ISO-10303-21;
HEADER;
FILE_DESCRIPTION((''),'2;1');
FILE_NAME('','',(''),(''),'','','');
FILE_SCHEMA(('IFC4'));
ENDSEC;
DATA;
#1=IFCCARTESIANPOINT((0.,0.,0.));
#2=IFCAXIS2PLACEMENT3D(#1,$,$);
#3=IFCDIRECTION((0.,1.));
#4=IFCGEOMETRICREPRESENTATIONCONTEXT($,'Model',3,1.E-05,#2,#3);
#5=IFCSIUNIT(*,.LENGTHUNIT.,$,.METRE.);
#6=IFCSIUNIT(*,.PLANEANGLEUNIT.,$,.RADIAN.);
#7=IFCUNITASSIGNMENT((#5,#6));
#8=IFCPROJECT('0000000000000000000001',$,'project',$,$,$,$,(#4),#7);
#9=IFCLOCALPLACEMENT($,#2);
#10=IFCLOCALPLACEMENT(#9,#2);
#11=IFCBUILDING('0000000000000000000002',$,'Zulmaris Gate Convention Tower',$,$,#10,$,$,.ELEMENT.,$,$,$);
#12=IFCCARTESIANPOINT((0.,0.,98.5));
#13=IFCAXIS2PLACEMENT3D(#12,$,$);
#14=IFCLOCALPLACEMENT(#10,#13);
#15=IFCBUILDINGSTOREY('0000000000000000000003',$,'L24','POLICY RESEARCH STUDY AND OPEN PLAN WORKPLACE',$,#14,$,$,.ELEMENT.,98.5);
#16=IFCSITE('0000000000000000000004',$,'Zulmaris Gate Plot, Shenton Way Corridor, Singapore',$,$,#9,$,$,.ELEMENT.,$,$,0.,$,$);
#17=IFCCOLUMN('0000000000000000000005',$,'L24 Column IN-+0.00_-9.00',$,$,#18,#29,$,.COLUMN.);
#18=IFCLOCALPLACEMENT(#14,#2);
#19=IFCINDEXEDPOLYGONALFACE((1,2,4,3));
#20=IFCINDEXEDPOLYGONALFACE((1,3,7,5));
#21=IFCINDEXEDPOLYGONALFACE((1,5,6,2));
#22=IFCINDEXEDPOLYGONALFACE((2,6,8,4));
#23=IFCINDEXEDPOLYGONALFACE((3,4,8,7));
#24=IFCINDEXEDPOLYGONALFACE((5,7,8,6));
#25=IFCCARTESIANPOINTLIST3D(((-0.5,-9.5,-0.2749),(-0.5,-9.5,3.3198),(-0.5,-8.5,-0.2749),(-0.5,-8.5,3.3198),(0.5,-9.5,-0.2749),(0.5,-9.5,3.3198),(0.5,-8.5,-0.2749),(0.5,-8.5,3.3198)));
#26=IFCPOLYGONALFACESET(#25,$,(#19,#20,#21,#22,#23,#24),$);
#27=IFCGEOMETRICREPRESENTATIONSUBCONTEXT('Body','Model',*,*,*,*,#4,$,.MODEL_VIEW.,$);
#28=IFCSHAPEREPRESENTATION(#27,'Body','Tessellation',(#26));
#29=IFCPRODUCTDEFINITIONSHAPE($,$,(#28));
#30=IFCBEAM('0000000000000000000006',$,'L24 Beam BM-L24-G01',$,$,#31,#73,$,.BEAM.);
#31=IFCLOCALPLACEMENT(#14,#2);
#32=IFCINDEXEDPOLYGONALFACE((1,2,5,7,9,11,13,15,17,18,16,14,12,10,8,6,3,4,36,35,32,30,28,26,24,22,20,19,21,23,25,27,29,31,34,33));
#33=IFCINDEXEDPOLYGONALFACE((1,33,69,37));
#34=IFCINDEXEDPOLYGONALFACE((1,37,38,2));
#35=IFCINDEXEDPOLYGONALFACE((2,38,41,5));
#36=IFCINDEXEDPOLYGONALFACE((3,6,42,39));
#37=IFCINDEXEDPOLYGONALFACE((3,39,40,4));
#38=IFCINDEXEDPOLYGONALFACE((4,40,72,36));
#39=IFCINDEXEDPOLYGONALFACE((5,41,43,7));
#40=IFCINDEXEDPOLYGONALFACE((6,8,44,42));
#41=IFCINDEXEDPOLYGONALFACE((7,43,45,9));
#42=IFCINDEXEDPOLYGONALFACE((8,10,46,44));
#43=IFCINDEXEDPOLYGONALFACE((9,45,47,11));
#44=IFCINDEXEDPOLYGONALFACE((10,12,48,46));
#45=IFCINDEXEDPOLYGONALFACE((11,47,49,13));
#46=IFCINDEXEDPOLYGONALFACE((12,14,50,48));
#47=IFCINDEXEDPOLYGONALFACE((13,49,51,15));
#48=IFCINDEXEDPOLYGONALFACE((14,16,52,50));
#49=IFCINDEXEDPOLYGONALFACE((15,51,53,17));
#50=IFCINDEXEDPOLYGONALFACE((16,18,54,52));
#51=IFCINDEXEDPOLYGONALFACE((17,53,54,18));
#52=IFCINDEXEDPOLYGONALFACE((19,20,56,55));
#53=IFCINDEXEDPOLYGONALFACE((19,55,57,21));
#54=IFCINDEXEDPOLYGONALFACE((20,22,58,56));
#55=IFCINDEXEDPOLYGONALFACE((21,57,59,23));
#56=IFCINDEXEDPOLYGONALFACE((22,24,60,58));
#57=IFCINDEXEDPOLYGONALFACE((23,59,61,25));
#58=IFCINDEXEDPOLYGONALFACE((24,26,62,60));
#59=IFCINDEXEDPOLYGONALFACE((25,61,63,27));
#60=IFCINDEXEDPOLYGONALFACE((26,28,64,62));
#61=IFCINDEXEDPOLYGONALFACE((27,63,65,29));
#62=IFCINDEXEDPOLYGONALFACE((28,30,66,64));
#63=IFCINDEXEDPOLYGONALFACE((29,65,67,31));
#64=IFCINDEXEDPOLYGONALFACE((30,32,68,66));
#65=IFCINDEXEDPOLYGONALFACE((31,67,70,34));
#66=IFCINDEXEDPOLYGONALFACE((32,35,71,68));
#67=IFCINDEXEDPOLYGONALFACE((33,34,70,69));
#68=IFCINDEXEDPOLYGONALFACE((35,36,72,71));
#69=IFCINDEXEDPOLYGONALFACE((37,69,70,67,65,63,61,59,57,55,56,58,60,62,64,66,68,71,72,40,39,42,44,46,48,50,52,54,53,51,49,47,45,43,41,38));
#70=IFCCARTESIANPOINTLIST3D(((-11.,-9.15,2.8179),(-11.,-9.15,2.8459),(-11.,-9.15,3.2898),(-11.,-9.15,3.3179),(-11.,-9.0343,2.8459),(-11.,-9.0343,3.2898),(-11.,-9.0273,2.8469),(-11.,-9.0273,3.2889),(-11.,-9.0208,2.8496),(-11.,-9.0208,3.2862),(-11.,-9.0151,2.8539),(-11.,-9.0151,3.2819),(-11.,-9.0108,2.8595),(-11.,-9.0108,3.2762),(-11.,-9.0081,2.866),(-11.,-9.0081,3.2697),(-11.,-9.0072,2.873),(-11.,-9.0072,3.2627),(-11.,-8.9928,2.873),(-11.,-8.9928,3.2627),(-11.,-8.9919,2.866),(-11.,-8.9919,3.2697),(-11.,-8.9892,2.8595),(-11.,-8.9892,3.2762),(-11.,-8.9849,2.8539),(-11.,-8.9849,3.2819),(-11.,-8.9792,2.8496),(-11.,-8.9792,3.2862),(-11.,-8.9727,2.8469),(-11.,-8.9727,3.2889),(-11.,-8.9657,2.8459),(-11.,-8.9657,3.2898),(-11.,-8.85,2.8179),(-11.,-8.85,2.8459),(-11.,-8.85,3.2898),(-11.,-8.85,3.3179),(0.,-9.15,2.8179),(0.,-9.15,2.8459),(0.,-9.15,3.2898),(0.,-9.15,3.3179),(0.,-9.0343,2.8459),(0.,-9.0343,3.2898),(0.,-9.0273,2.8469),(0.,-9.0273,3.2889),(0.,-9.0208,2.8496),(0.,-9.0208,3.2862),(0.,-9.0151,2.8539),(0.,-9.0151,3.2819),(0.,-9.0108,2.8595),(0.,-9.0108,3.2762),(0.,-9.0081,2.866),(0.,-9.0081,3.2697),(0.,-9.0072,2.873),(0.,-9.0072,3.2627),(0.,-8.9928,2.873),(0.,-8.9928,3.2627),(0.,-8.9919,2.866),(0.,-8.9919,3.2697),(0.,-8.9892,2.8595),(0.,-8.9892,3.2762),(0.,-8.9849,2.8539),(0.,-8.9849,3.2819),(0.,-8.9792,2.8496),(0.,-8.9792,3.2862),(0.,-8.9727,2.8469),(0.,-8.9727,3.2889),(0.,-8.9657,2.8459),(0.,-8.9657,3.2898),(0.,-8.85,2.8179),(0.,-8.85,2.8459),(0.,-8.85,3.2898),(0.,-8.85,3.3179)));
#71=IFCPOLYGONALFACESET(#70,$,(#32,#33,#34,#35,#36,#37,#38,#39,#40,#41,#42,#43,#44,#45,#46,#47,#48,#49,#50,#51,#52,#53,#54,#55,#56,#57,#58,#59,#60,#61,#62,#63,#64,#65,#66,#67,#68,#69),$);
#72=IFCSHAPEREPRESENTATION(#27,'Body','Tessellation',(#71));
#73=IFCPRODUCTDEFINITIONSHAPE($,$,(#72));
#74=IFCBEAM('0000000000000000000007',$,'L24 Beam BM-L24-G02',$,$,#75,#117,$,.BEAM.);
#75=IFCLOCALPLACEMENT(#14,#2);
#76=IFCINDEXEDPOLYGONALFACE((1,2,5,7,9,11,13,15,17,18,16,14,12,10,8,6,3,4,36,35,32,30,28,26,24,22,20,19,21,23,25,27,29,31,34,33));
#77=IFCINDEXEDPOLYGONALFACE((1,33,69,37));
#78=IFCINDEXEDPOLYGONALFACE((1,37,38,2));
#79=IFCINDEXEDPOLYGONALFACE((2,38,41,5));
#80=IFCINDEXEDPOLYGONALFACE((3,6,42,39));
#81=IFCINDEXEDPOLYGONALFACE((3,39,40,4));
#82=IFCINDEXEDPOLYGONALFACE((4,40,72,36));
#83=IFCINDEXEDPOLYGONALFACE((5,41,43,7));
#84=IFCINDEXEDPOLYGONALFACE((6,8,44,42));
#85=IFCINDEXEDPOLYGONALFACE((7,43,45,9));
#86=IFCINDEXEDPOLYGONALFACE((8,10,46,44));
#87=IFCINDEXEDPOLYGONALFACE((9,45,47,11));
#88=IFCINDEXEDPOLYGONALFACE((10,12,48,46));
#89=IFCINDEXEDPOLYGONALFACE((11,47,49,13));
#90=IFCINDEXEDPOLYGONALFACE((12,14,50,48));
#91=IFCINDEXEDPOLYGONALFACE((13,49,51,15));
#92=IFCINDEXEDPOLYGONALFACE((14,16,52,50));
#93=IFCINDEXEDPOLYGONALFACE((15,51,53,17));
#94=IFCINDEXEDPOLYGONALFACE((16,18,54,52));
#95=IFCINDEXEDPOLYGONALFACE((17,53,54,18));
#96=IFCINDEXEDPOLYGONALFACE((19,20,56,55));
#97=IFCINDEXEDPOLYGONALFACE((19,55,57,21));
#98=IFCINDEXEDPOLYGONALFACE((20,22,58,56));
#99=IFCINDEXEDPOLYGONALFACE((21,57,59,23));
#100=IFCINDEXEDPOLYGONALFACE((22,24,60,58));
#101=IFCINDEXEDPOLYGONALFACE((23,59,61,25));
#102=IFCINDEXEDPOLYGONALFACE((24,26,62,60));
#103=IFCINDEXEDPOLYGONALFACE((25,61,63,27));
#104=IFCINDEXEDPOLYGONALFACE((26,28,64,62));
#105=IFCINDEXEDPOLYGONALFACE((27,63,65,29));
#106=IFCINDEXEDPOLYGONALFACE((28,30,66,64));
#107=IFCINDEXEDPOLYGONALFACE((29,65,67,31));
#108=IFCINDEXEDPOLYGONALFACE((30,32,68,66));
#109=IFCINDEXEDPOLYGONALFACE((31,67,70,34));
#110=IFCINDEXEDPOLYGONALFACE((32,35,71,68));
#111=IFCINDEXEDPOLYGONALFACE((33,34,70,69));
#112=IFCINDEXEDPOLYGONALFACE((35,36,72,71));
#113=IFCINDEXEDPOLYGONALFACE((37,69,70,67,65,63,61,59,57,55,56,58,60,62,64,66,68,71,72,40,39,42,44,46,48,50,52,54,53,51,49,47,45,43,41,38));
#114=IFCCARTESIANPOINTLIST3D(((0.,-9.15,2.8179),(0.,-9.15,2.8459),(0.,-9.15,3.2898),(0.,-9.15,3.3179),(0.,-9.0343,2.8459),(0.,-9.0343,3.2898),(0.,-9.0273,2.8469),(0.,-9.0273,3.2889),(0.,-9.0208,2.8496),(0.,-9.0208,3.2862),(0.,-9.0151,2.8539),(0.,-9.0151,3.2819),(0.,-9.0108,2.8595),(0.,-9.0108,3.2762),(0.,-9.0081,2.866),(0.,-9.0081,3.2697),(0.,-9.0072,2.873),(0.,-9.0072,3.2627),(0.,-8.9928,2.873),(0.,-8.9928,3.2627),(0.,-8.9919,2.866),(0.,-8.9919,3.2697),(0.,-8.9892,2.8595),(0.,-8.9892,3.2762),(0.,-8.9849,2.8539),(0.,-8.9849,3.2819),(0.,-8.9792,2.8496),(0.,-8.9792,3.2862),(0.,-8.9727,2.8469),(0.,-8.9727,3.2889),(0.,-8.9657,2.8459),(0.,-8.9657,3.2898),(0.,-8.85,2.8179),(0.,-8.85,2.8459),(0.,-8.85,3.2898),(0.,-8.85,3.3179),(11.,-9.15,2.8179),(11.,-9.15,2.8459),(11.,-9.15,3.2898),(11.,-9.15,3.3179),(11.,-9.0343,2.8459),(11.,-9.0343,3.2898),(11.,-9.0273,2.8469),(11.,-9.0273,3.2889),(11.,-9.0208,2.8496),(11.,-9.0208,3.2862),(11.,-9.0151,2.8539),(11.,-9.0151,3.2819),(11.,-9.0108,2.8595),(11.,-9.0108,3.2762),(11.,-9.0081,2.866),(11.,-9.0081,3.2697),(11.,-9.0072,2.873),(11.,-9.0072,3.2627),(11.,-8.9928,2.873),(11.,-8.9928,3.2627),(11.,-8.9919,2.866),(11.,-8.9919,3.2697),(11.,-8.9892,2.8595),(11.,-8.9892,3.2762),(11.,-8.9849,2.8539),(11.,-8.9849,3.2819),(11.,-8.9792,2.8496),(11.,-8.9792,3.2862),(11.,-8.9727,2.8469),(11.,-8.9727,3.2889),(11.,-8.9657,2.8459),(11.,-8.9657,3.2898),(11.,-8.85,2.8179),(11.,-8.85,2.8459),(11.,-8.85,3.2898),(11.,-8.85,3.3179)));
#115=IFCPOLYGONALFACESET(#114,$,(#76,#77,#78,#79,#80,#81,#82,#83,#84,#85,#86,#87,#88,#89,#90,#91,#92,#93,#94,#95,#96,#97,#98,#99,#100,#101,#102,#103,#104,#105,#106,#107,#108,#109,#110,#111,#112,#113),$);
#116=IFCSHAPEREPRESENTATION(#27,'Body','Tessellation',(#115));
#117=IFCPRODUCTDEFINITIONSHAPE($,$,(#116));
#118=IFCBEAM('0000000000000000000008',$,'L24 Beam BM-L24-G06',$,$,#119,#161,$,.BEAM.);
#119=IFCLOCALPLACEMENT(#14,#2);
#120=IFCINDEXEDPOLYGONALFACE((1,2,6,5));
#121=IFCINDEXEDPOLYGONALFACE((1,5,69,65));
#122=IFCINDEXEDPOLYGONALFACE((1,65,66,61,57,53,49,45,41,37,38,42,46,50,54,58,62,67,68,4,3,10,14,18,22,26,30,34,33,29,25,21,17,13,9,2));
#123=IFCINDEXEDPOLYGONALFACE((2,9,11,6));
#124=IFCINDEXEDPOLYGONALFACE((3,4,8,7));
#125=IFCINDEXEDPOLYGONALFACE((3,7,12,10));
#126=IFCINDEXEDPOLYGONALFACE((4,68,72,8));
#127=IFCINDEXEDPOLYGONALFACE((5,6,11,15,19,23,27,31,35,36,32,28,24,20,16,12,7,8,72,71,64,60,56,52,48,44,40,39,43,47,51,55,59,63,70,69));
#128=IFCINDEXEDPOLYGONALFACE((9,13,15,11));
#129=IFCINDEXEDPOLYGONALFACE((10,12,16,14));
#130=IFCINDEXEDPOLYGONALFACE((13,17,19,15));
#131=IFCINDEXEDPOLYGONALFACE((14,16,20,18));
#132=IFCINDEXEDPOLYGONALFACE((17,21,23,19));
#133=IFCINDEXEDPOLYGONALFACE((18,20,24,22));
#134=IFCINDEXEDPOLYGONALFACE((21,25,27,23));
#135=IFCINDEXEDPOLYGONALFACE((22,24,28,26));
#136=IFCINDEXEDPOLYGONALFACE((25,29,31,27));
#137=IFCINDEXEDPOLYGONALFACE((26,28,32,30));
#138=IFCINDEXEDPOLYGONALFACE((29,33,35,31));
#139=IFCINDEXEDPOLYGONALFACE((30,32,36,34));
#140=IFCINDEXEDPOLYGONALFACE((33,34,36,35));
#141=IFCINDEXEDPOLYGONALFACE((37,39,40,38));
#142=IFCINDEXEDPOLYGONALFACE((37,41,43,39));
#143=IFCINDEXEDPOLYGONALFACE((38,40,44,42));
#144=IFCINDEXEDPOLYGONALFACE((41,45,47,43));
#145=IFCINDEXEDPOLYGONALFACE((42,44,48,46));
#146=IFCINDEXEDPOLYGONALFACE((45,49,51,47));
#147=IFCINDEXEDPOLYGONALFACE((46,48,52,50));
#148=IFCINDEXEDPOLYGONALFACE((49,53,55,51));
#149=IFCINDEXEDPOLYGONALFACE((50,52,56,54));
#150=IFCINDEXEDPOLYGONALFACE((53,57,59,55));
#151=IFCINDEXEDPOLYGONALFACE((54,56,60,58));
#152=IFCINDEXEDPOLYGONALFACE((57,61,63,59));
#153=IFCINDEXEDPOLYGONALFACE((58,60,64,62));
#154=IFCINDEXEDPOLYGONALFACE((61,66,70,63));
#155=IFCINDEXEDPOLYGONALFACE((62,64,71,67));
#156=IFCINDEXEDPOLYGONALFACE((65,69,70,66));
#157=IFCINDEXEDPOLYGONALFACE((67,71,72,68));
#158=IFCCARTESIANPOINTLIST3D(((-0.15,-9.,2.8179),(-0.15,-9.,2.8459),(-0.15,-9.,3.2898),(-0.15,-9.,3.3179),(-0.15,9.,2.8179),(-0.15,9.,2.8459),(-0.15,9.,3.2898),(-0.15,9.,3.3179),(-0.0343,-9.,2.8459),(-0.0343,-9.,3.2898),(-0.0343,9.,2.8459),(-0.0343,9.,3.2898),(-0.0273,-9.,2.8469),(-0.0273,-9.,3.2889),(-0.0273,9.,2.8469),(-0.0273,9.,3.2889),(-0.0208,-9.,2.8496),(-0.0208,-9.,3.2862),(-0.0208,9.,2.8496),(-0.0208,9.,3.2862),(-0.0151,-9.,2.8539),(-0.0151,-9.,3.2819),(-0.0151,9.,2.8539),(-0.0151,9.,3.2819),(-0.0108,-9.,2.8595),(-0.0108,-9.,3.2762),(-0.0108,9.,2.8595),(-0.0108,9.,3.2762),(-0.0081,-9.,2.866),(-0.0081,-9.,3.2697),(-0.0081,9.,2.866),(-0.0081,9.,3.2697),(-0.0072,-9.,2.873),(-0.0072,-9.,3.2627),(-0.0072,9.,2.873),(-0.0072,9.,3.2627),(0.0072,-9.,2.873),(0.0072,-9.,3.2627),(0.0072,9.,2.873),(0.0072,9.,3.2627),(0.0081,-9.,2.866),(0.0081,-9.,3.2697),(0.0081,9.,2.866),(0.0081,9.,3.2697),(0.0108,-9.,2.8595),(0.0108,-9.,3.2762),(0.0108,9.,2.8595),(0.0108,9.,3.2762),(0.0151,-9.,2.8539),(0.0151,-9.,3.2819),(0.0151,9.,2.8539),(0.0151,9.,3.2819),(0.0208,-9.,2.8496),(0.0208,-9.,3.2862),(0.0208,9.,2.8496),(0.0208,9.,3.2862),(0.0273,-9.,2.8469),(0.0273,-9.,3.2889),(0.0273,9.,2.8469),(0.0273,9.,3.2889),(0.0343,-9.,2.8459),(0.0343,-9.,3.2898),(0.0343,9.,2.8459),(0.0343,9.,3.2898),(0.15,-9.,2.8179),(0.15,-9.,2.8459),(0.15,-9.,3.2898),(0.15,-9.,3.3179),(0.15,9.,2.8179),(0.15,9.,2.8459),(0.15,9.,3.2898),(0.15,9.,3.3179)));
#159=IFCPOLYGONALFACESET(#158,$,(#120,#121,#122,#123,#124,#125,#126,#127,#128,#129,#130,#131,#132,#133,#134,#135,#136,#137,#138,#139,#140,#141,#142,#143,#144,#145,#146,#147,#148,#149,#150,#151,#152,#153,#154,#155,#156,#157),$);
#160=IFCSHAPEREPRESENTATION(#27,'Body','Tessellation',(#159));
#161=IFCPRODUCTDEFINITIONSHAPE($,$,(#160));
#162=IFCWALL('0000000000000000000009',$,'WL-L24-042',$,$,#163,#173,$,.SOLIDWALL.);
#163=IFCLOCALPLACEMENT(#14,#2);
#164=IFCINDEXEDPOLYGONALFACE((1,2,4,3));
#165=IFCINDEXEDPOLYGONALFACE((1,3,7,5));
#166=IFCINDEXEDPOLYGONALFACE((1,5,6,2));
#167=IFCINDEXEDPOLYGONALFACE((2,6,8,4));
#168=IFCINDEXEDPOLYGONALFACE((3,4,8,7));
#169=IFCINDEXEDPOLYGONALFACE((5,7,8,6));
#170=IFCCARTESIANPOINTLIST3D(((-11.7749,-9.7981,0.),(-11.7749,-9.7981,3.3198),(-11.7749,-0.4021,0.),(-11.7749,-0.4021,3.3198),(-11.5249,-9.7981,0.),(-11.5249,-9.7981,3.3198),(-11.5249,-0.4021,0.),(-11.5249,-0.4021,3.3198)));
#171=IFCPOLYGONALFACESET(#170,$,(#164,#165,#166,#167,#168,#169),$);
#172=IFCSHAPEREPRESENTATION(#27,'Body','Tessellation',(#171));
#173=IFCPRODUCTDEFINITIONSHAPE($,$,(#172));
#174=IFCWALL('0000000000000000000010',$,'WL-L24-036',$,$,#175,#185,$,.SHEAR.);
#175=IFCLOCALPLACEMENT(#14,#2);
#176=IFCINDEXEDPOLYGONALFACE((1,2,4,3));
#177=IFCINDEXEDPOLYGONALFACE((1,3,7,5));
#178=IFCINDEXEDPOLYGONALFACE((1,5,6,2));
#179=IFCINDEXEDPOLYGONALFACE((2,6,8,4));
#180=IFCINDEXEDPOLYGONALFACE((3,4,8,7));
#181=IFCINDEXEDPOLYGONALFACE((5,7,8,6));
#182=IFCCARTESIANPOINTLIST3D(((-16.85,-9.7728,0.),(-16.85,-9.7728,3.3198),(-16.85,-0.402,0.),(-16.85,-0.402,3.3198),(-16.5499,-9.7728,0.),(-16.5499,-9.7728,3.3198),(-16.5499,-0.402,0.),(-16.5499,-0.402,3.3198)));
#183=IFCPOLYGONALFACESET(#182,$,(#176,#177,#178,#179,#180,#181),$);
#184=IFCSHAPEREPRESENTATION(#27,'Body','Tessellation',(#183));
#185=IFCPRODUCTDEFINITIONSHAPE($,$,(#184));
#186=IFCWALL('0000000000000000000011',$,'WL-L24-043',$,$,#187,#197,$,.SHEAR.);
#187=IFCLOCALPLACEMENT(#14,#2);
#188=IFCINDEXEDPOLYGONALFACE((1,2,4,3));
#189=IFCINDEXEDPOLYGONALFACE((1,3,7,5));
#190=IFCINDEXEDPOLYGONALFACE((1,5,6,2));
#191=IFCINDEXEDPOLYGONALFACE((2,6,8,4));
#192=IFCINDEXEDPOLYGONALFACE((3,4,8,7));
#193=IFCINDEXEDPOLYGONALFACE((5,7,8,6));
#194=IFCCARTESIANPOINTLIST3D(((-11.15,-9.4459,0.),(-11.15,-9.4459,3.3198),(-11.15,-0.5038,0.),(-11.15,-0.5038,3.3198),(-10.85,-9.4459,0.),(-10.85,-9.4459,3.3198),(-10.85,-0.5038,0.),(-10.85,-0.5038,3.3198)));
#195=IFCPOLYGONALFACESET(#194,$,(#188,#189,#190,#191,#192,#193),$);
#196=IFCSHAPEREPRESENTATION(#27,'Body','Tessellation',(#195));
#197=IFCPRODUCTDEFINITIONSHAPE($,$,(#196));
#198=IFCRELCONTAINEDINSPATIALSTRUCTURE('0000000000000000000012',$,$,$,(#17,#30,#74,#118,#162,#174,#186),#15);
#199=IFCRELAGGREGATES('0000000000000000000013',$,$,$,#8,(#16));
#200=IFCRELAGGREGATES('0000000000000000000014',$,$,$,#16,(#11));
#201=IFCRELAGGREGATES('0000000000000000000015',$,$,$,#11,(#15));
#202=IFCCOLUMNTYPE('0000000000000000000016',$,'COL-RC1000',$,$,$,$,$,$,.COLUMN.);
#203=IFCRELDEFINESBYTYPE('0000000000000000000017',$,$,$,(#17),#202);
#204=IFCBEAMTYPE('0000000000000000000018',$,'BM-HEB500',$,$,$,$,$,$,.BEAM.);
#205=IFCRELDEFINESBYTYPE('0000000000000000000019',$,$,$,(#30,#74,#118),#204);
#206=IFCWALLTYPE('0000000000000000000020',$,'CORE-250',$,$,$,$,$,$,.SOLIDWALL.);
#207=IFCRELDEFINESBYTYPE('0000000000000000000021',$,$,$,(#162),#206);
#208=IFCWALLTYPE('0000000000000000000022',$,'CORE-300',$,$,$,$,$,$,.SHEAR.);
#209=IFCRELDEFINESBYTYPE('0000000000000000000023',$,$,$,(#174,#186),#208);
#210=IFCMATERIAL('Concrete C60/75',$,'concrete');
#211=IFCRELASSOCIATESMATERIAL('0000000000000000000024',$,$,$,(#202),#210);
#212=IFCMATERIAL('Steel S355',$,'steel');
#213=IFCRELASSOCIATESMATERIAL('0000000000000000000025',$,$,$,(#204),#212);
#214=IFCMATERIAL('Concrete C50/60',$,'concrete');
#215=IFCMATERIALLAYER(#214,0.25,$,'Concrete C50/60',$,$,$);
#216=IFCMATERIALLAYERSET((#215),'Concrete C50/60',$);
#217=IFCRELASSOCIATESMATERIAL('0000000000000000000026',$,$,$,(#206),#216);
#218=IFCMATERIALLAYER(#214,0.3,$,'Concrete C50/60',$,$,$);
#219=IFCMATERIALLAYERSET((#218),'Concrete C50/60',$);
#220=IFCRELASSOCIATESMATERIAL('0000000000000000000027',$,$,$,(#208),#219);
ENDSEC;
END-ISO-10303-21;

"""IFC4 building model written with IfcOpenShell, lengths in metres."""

from ifc_helpers import new_model, si_unit, direction, frame, frame_2d, origin, origin_2d, place, context, subcontext, project, spatial, rectangle, i_section, extrude, material, layer, layer_set, material_profile, profile_set, type_object, element, save


model = new_model("IFC4")

# Units and contexts
model_context = context("Model", 3, precision=1e-05, world=origin(), true_north=direction((0.0, 1.0)))
body_context = subcontext(model_context, "Body", "Model", "MODEL_VIEW")
ifc_project = project(units=[si_unit("LENGTHUNIT", "METRE"), si_unit("PLANEANGLEUNIT", "RADIAN")], contexts=[model_context])

# Site, building, storey
site_placement = place(None, origin())
site = spatial("IfcSite", under=ifc_project, at=site_placement, Name="Zulmaris Gate Plot, Shenton Way Corridor, Singapore", CompositionType="ELEMENT", RefElevation=0.0)
building_placement = place(site_placement, origin())
building = spatial("IfcBuilding", under=site, at=building_placement, Name="Zulmaris Gate Convention Tower", CompositionType="ELEMENT")
storey_placement = place(building_placement, frame((0.0, 0.0, 98.5)))
storey = spatial("IfcBuildingStorey", under=building, at=storey_placement, Name="L24", Description="POLICY RESEARCH STUDY AND OPEN PLAN WORKPLACE", CompositionType="ELEMENT", Elevation=98.5)

# Column
ifc_material_1 = material(Name="Concrete C60/75", Category="concrete")
ifc_material_profile_1 = material_profile(ifc_material_1, rectangle(XDim=1.0, YDim=1.0, at=origin_2d()), Name="RC COL 1000x1000")
ifc_profile_set_1 = profile_set([ifc_material_profile_1], Name="Concrete C60/75")
column_type = type_object("IfcColumnType", Name="COL-RC1000", PredefinedType="COLUMN", material=ifc_profile_set_1)
column_placement = place(storey_placement, frame((0.0, -9.0, -0.2749), z_axis=(0.0, 0.0, 1.0), x_axis=(1.0, 0.0, 0.0)))
element("IfcColumn", 1, at=column_placement, inside=storey, type_object=column_type, Name="L24 Column IN-+0.00_-9.00", PredefinedType="COLUMN", context=body_context, shape_type="SweptSolid", body=[
    extrude(rectangle(XDim=1.0, YDim=1.0, at=origin_2d()), origin(), (0.0, 0.0, 1.0), 3.5947),
])

# Beams
ifc_material_2 = material(Name="Steel S355", Category="steel")
ifc_material_profile_2 = material_profile(ifc_material_2, i_section(OverallWidth=0.3, OverallDepth=0.5, WebThickness=0.0144, FlangeThickness=0.0281, FilletRadius=0.0271, at=origin_2d()), Name="HEB 500")
ifc_profile_set_2 = profile_set([ifc_material_profile_2], Name="Steel S355")
beam_type = type_object("IfcBeamType", Name="BM-HEB500", PredefinedType="BEAM", material=ifc_profile_set_2)
for number, where, z_axis, x_axis, name in (
    (2, (-11.0, -9.0, 3.0679), (1.0, 0.0, 0.0), (0.0, 1.0, 0.0), "L24 Beam BM-L24-G01"),
    (3, (0.0, -9.0, 3.0679), (1.0, 0.0, 0.0), (0.0, 1.0, 0.0), "L24 Beam BM-L24-G02"),
):
    element("IfcBeam", number, at=place(storey_placement, frame(where, z_axis=z_axis, x_axis=x_axis)), inside=storey, type_object=beam_type, Name=name, PredefinedType="BEAM", context=body_context, shape_type="SweptSolid", body=[
        extrude(i_section(OverallWidth=0.3, OverallDepth=0.5, WebThickness=0.0144, FlangeThickness=0.0281, FilletRadius=0.0271, at=origin_2d()), origin(), (0.0, 0.0, 1.0), 11.0),
    ])
beam_placement = place(storey_placement, frame((0.0, -9.0, 3.0679), z_axis=(0.0, 1.0, 0.0), x_axis=(-1.0, 0.0, 0.0)))
element("IfcBeam", 4, at=beam_placement, inside=storey, type_object=beam_type, Name="L24 Beam BM-L24-G06", PredefinedType="BEAM", context=body_context, shape_type="SweptSolid", body=[
    extrude(i_section(OverallWidth=0.3, OverallDepth=0.5, WebThickness=0.0144, FlangeThickness=0.0281, FilletRadius=0.0271, at=origin_2d()), origin(), (0.0, 0.0, 1.0), 18.0),
])

# Walls
ifc_material_3 = material(Name="Concrete C50/60", Category="concrete")
ifc_layer_1 = layer(ifc_material_3, 0.25, Name="Concrete C50/60")
ifc_layer_set_1 = layer_set([ifc_layer_1], Name="Concrete C50/60")
wall_type_1 = type_object("IfcWallType", Name="CORE-250", PredefinedType="SOLIDWALL", material=ifc_layer_set_1)
wall_1_placement = place(storey_placement, frame((-11.6499, -9.7981, 0.0), z_axis=(0.0, 0.0, 1.0), x_axis=(0.0, 1.0, 0.0)))
element("IfcWall", 5, at=wall_1_placement, inside=storey, type_object=wall_type_1, Name="WL-L24-042", PredefinedType="SOLIDWALL", context=body_context, shape_type="SweptSolid", body=[
    extrude(rectangle(XDim=9.396, YDim=0.25, at=frame_2d((4.698, 0.0))), origin(), (0.0, 0.0, 1.0), 3.3198),
])
ifc_layer_2 = layer(ifc_material_3, 0.3, Name="Concrete C50/60")
ifc_layer_set_2 = layer_set([ifc_layer_2], Name="Concrete C50/60")
wall_type_2 = type_object("IfcWallType", Name="CORE-300", PredefinedType="SHEAR", material=ifc_layer_set_2)
wall_2_placement = place(storey_placement, frame((-16.7, -9.7729, 0.0), z_axis=(0.0, 0.0, 1.0), x_axis=(0.0, 1.0, 0.0)))
element("IfcWall", 6, at=wall_2_placement, inside=storey, type_object=wall_type_2, Name="WL-L24-036", PredefinedType="SHEAR", context=body_context, shape_type="SweptSolid", body=[
    extrude(rectangle(XDim=9.3708, YDim=0.3, at=frame_2d((4.6855, 0.0))), origin(), (0.0, 0.0, 1.0), 3.3198),
])
wall_3_placement = place(storey_placement, frame((-11.0, -9.446, 0.0), z_axis=(0.0, 0.0, 1.0), x_axis=(0.0, 1.0, 0.0)))
element("IfcWall", 7, at=wall_3_placement, inside=storey, type_object=wall_type_2, Name="WL-L24-043", PredefinedType="SHEAR", context=body_context, shape_type="SweptSolid", body=[
    extrude(rectangle(XDim=8.9421, YDim=0.3, at=frame_2d((4.4712, 0.0))), origin(), (0.0, 0.0, 1.0), 3.3198),
])

save(model, "model.ifc")
